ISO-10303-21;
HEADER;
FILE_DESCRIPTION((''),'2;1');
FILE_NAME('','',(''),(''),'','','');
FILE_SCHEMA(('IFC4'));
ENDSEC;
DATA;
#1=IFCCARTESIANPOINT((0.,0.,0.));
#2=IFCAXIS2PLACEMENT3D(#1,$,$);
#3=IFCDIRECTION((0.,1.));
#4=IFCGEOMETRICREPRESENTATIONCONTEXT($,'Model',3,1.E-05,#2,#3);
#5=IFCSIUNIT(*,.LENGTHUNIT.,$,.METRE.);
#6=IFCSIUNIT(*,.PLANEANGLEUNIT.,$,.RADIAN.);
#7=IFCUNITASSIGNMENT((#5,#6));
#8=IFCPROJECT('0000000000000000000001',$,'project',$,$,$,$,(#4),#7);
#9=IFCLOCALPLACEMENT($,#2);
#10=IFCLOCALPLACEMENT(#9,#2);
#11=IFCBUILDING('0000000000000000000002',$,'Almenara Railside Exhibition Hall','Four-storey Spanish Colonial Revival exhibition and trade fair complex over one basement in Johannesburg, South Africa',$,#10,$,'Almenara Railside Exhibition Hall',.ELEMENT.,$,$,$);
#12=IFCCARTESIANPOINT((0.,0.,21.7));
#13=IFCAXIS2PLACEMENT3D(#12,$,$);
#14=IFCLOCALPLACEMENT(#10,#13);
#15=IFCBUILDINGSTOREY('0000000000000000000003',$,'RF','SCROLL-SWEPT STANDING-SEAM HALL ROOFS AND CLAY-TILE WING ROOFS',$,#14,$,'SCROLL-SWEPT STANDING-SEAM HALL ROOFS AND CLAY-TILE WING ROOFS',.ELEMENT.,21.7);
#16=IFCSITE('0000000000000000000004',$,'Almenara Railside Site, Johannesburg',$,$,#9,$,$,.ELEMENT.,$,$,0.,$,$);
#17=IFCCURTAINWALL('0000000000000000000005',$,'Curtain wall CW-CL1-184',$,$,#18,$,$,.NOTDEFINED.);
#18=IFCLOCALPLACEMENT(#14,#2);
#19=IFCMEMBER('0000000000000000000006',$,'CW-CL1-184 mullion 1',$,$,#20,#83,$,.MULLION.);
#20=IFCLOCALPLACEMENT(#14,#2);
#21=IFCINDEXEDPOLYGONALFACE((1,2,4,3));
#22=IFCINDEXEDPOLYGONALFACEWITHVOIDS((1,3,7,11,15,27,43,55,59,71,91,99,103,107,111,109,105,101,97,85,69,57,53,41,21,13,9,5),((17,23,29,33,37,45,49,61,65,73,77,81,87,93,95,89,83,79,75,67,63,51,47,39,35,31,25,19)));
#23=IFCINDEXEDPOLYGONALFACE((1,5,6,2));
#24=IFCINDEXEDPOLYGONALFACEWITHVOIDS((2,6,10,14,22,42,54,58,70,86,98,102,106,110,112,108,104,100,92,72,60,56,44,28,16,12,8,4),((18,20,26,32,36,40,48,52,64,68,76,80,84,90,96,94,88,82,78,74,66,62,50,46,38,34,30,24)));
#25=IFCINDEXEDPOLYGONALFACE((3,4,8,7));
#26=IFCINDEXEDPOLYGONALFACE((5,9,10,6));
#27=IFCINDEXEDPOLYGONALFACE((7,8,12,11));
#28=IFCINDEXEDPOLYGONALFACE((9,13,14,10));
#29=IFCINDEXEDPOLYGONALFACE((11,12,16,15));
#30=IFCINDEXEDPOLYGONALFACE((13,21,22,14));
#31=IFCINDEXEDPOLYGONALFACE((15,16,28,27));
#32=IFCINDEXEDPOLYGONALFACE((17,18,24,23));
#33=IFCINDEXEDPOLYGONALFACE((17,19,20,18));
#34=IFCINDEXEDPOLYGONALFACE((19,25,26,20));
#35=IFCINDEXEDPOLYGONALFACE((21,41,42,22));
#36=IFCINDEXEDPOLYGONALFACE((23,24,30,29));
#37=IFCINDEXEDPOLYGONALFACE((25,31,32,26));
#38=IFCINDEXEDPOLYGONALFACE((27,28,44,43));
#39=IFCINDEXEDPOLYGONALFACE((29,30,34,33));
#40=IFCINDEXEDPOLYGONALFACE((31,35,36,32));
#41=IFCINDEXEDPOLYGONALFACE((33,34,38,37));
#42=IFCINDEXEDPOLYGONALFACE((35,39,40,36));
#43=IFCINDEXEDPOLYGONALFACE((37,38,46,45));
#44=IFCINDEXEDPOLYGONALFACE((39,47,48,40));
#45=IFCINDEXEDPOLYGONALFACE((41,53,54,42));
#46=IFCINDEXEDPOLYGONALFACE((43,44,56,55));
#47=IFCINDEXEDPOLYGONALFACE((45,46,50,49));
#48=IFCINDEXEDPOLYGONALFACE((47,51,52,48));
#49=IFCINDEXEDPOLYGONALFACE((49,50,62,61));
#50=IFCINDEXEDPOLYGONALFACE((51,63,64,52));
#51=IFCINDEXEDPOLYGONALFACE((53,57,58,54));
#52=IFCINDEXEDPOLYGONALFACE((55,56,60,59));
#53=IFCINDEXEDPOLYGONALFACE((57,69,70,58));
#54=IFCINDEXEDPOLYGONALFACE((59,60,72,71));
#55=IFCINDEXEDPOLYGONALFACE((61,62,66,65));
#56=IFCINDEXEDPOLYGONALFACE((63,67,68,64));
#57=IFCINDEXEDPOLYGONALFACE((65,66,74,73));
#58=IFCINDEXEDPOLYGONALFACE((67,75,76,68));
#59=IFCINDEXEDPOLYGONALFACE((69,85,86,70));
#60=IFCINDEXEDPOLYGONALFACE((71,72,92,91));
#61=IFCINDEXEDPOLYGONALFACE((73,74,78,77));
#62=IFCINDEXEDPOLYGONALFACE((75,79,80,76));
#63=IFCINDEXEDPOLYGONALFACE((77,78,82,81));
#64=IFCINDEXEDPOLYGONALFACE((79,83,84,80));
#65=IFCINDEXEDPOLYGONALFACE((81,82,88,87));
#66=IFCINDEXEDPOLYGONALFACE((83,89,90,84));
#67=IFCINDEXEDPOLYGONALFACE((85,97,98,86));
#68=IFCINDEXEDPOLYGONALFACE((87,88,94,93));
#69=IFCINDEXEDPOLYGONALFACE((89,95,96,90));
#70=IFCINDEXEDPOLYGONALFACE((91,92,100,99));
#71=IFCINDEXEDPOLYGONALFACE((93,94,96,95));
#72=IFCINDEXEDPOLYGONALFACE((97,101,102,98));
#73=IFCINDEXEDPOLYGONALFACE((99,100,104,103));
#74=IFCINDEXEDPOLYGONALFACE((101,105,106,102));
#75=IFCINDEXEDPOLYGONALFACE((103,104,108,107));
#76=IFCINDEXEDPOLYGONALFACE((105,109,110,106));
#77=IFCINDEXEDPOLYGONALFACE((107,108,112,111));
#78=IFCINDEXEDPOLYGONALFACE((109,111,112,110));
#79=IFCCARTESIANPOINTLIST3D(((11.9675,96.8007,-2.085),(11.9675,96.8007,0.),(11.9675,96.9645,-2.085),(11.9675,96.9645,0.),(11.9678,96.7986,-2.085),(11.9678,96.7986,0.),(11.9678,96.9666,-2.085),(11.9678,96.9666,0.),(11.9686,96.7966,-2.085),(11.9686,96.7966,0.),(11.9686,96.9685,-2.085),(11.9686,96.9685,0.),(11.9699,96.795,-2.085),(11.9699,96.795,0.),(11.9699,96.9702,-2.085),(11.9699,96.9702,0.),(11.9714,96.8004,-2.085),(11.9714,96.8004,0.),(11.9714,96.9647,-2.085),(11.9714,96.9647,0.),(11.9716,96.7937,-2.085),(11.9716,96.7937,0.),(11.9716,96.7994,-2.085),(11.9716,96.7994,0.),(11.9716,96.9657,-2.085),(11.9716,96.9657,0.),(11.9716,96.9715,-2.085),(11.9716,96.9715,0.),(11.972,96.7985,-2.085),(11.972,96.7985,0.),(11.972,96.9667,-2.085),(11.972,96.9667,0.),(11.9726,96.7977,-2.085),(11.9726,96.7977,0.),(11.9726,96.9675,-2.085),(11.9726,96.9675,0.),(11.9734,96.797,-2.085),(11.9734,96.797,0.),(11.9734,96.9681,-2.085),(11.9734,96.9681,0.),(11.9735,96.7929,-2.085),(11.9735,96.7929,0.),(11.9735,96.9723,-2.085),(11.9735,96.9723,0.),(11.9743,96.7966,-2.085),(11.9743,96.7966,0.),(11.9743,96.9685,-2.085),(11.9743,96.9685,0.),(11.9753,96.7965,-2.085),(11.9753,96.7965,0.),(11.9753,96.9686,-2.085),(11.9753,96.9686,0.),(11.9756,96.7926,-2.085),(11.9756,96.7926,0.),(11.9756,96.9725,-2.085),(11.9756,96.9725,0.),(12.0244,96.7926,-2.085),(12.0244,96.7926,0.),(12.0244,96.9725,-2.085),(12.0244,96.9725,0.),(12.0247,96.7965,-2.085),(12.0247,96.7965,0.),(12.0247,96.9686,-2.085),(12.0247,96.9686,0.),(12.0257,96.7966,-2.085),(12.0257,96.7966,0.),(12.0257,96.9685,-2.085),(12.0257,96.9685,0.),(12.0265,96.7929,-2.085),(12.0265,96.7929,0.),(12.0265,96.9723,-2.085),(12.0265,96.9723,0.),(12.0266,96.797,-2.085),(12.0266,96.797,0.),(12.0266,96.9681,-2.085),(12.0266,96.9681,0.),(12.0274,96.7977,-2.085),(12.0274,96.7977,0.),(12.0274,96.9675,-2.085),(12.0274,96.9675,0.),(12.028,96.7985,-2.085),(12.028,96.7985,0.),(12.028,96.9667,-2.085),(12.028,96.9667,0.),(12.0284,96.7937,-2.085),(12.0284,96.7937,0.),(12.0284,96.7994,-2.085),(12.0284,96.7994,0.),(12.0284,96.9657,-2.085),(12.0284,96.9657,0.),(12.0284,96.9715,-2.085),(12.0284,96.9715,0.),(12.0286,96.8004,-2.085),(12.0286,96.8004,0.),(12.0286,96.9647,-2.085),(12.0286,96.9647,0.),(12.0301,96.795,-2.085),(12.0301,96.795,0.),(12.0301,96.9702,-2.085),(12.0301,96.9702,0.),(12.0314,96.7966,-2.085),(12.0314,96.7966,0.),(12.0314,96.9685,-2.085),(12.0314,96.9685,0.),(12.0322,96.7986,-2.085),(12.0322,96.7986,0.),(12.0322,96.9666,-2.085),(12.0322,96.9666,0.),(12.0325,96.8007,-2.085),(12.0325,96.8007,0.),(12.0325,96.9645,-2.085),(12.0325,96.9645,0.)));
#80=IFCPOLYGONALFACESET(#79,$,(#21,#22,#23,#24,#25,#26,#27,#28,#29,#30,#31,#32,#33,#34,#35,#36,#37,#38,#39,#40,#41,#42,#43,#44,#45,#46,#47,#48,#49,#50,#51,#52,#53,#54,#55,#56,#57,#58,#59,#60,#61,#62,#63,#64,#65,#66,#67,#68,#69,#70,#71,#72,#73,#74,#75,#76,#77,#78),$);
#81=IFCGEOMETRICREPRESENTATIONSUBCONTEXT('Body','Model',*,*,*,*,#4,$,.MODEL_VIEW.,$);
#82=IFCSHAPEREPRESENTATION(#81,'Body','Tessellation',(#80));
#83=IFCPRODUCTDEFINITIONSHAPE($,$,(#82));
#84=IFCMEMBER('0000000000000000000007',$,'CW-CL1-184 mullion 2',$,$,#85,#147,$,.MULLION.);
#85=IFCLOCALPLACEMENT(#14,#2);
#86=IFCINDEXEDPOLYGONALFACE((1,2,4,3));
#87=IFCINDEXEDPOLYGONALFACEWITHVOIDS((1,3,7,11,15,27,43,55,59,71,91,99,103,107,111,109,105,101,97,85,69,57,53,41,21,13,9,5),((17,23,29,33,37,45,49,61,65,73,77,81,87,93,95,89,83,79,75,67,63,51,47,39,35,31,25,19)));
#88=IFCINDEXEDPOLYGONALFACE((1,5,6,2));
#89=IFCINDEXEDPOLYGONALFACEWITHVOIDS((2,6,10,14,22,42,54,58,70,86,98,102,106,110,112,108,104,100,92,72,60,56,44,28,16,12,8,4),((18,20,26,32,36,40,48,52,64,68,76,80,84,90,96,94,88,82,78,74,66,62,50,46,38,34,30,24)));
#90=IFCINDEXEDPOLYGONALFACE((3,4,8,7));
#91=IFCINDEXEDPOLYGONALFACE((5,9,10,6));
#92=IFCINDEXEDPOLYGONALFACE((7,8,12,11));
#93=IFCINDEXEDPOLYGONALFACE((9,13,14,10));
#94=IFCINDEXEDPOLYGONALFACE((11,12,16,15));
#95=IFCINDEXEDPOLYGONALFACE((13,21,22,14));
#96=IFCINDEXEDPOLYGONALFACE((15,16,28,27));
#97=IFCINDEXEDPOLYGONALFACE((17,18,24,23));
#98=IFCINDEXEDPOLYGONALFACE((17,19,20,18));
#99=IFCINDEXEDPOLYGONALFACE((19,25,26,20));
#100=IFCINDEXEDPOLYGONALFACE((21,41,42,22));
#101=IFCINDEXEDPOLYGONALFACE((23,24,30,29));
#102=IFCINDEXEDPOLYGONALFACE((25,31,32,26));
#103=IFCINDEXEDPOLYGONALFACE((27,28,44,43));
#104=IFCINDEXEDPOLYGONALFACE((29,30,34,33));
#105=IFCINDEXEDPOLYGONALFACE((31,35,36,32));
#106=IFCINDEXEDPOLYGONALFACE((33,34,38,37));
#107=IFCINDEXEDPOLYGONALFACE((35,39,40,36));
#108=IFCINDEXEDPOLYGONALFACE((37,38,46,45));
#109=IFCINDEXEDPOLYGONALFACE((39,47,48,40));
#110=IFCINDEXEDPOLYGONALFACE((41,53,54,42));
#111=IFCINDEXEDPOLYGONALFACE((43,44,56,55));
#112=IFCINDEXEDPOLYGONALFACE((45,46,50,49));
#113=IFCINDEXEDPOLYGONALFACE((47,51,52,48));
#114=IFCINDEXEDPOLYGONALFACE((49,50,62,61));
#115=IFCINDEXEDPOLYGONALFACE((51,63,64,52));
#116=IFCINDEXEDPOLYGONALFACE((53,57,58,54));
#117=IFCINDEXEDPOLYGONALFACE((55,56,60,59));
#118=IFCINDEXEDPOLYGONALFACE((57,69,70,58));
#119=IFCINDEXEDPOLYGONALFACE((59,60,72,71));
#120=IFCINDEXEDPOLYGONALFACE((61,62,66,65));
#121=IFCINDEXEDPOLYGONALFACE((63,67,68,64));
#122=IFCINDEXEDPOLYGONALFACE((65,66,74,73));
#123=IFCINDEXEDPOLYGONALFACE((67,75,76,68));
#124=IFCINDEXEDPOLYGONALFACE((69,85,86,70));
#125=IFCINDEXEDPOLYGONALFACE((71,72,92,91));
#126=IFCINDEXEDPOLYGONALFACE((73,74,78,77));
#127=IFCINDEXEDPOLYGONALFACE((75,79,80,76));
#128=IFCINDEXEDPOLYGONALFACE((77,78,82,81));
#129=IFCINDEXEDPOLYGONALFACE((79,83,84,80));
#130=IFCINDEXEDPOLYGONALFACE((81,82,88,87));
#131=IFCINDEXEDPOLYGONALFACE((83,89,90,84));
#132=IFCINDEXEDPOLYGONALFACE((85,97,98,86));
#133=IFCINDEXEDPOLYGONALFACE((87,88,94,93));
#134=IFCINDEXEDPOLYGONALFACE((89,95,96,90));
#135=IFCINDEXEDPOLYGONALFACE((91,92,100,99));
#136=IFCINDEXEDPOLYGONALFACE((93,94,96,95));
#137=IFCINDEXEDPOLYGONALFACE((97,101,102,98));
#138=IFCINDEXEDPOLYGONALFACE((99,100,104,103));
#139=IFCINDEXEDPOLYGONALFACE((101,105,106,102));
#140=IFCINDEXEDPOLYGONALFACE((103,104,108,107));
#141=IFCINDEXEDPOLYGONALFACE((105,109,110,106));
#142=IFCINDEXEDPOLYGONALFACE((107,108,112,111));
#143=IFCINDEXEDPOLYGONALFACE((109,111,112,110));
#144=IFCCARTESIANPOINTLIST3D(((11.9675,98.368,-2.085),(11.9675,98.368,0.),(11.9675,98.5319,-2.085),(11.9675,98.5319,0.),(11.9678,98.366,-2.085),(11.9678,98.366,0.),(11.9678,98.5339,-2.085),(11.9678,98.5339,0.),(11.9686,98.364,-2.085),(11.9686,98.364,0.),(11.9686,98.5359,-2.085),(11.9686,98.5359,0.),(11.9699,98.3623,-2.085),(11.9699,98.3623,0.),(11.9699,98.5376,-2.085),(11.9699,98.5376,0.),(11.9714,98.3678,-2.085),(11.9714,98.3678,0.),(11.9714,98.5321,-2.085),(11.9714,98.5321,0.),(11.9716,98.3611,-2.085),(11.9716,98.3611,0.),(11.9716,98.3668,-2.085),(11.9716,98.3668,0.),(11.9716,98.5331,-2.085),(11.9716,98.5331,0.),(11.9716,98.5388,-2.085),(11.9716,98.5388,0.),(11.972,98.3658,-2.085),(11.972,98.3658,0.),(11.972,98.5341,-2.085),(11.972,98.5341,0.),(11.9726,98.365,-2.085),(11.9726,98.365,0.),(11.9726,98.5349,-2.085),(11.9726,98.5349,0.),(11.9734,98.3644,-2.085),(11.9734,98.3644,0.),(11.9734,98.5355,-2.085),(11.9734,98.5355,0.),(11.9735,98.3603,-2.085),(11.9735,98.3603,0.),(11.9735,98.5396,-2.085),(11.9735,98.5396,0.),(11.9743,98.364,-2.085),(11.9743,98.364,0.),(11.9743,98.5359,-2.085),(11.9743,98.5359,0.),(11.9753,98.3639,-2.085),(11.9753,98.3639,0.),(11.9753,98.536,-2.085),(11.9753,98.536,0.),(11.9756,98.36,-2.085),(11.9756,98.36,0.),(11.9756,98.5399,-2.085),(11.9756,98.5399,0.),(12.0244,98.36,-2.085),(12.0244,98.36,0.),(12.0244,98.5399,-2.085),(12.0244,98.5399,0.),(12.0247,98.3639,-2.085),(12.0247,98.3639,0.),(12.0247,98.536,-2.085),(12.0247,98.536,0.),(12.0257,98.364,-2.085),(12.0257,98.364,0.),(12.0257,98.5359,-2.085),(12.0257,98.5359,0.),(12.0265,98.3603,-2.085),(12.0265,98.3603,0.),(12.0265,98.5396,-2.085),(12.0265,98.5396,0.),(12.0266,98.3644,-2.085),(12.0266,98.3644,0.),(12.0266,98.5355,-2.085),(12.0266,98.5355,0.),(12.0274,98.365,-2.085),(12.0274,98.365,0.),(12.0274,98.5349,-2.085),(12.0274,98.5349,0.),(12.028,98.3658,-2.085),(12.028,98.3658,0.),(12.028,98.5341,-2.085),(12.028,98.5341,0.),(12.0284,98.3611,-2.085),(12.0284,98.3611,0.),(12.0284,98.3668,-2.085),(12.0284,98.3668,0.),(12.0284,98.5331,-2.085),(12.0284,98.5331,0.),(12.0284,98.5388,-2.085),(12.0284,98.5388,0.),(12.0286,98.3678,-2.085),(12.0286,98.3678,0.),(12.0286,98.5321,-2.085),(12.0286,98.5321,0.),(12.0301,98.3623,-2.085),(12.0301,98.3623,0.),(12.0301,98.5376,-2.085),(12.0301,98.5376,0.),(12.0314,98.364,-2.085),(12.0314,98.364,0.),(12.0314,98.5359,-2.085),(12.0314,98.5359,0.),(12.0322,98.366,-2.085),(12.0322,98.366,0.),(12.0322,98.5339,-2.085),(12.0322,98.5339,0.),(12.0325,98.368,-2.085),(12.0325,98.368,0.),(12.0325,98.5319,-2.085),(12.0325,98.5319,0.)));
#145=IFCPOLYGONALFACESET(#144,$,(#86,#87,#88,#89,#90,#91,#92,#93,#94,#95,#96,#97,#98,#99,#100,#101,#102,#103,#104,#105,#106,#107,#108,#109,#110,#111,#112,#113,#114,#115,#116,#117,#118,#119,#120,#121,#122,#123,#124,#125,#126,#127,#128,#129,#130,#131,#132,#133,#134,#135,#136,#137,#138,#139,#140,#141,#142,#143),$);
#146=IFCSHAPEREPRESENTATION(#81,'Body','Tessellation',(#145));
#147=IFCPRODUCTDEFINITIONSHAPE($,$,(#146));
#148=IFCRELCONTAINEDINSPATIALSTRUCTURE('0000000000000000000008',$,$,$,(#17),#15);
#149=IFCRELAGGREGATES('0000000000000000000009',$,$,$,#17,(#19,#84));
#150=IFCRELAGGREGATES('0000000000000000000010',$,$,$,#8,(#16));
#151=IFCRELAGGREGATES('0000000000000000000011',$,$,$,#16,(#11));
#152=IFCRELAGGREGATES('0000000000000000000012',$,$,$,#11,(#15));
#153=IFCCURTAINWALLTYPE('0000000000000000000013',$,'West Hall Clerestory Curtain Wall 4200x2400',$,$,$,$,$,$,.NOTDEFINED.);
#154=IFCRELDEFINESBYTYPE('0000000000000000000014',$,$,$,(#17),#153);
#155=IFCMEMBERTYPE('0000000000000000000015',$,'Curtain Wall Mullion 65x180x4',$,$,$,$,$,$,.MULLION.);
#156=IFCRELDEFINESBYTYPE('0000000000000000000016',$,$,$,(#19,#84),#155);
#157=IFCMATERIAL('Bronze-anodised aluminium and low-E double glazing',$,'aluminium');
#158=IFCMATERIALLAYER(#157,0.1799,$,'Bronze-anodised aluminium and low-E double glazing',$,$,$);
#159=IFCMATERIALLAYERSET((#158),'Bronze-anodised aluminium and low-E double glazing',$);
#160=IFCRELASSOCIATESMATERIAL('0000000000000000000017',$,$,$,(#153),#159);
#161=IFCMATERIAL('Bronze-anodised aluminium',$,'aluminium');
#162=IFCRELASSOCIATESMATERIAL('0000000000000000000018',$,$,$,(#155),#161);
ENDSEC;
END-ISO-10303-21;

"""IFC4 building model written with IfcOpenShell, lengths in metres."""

from ifc_helpers import new_model, si_unit, direction, frame, origin, origin_2d, place, context, subcontext, project, spatial, hollow_rectangle, extrude, material, layer, layer_set, material_profile, profile_set, type_object, element, aggregate, save


model = new_model("IFC4")

# Units and contexts
model_context = context("Model", 3, precision=1e-05, world=origin(), true_north=direction((0.0, 1.0)))
body_context = subcontext(model_context, "Body", "Model", "MODEL_VIEW")
ifc_project = project(units=[si_unit("LENGTHUNIT", "METRE"), si_unit("PLANEANGLEUNIT", "RADIAN")], contexts=[model_context])

# Site, building, storey
site_placement = place(None, origin())
site = spatial("IfcSite", under=ifc_project, at=site_placement, Name="Almenara Railside Site, Johannesburg", CompositionType="ELEMENT", RefElevation=0.0)
building_placement = place(site_placement, origin())
building = spatial("IfcBuilding", under=site, at=building_placement, Name="Almenara Railside Exhibition Hall", Description="Four-storey Spanish Colonial Revival exhibition and trade fair complex over one basement in Johannesburg, South Africa", LongName="Almenara Railside Exhibition Hall", CompositionType="ELEMENT")
storey_placement = place(building_placement, frame((0.0, 0.0, 21.7)))
storey = spatial("IfcBuildingStorey", under=building, at=storey_placement, Name="RF", Description="SCROLL-SWEPT STANDING-SEAM HALL ROOFS AND CLAY-TILE WING ROOFS", LongName="SCROLL-SWEPT STANDING-SEAM HALL ROOFS AND CLAY-TILE WING ROOFS", CompositionType="ELEMENT", Elevation=21.7)

# Shared definitions
ifc_material_1 = material(Name="Bronze-anodised aluminium and low-E double glazing", Category="aluminium")
ifc_layer_1 = layer(ifc_material_1, 0.1799, Name="Bronze-anodised aluminium and low-E double glazing")
ifc_layer_set_1 = layer_set([ifc_layer_1], Name="Bronze-anodised aluminium and low-E double glazing")
curtain_wall_type = type_object("IfcCurtainWallType", Name="West Hall Clerestory Curtain Wall 4200x2400", PredefinedType="NOTDEFINED", material=ifc_layer_set_1)
ifc_material_2 = material(Name="Bronze-anodised aluminium", Category="aluminium")

# Curtain wall, members
curtain_wall_1_placement = place(storey_placement, origin())
curtain_wall_1 = element("IfcCurtainWall", 1, at=curtain_wall_1_placement, inside=storey, type_object=curtain_wall_type, Name="Curtain wall CW-CL1-184", PredefinedType="NOTDEFINED")
ifc_material_profile_1 = material_profile(ifc_material_2, hollow_rectangle(XDim=0.0649, YDim=0.1799, WallThickness=0.0039, InnerFilletRadius=0.0039, OuterFilletRadius=0.0081, at=origin_2d()), Name="ALU-MUL 65x180x4")
ifc_profile_set_1 = profile_set([ifc_material_profile_1], Name="Bronze-anodised aluminium")
member_type_1 = type_object("IfcMemberType", Name="Curtain Wall Mullion 65x180x4", PredefinedType="MULLION", material=ifc_profile_set_1)
member_1_placement = place(storey_placement, frame((12.0, 96.8826, -2.085), z_axis=(0.0, 0.0, 1.0), x_axis=(-1.0, 0.0, 0.0)))
member_1 = element("IfcMember", 2, at=member_1_placement, type_object=member_type_1, Name="CW-CL1-184 mullion 1", PredefinedType="MULLION", context=body_context, shape_type="SweptSolid", body=[
    extrude(hollow_rectangle(XDim=0.0649, YDim=0.1799, WallThickness=0.0039, InnerFilletRadius=0.0039, OuterFilletRadius=0.0081, at=origin_2d()), origin(), (0.0, 0.0, 1.0), 2.085),
])
member_2_placement = place(storey_placement, frame((12.0, 98.45, -2.085), z_axis=(0.0, 0.0, 1.0), x_axis=(-1.0, 0.0, 0.0)))
member_2 = element("IfcMember", 3, at=member_2_placement, type_object=member_type_1, Name="CW-CL1-184 mullion 2", PredefinedType="MULLION", context=body_context, shape_type="SweptSolid", body=[
    extrude(hollow_rectangle(XDim=0.0649, YDim=0.1799, WallThickness=0.0039, InnerFilletRadius=0.0039, OuterFilletRadius=0.0081, at=origin_2d()), origin(), (0.0, 0.0, 1.0), 2.085),
])

aggregate(curtain_wall_1, [member_1, member_2])

save(model, "model.ifc")
